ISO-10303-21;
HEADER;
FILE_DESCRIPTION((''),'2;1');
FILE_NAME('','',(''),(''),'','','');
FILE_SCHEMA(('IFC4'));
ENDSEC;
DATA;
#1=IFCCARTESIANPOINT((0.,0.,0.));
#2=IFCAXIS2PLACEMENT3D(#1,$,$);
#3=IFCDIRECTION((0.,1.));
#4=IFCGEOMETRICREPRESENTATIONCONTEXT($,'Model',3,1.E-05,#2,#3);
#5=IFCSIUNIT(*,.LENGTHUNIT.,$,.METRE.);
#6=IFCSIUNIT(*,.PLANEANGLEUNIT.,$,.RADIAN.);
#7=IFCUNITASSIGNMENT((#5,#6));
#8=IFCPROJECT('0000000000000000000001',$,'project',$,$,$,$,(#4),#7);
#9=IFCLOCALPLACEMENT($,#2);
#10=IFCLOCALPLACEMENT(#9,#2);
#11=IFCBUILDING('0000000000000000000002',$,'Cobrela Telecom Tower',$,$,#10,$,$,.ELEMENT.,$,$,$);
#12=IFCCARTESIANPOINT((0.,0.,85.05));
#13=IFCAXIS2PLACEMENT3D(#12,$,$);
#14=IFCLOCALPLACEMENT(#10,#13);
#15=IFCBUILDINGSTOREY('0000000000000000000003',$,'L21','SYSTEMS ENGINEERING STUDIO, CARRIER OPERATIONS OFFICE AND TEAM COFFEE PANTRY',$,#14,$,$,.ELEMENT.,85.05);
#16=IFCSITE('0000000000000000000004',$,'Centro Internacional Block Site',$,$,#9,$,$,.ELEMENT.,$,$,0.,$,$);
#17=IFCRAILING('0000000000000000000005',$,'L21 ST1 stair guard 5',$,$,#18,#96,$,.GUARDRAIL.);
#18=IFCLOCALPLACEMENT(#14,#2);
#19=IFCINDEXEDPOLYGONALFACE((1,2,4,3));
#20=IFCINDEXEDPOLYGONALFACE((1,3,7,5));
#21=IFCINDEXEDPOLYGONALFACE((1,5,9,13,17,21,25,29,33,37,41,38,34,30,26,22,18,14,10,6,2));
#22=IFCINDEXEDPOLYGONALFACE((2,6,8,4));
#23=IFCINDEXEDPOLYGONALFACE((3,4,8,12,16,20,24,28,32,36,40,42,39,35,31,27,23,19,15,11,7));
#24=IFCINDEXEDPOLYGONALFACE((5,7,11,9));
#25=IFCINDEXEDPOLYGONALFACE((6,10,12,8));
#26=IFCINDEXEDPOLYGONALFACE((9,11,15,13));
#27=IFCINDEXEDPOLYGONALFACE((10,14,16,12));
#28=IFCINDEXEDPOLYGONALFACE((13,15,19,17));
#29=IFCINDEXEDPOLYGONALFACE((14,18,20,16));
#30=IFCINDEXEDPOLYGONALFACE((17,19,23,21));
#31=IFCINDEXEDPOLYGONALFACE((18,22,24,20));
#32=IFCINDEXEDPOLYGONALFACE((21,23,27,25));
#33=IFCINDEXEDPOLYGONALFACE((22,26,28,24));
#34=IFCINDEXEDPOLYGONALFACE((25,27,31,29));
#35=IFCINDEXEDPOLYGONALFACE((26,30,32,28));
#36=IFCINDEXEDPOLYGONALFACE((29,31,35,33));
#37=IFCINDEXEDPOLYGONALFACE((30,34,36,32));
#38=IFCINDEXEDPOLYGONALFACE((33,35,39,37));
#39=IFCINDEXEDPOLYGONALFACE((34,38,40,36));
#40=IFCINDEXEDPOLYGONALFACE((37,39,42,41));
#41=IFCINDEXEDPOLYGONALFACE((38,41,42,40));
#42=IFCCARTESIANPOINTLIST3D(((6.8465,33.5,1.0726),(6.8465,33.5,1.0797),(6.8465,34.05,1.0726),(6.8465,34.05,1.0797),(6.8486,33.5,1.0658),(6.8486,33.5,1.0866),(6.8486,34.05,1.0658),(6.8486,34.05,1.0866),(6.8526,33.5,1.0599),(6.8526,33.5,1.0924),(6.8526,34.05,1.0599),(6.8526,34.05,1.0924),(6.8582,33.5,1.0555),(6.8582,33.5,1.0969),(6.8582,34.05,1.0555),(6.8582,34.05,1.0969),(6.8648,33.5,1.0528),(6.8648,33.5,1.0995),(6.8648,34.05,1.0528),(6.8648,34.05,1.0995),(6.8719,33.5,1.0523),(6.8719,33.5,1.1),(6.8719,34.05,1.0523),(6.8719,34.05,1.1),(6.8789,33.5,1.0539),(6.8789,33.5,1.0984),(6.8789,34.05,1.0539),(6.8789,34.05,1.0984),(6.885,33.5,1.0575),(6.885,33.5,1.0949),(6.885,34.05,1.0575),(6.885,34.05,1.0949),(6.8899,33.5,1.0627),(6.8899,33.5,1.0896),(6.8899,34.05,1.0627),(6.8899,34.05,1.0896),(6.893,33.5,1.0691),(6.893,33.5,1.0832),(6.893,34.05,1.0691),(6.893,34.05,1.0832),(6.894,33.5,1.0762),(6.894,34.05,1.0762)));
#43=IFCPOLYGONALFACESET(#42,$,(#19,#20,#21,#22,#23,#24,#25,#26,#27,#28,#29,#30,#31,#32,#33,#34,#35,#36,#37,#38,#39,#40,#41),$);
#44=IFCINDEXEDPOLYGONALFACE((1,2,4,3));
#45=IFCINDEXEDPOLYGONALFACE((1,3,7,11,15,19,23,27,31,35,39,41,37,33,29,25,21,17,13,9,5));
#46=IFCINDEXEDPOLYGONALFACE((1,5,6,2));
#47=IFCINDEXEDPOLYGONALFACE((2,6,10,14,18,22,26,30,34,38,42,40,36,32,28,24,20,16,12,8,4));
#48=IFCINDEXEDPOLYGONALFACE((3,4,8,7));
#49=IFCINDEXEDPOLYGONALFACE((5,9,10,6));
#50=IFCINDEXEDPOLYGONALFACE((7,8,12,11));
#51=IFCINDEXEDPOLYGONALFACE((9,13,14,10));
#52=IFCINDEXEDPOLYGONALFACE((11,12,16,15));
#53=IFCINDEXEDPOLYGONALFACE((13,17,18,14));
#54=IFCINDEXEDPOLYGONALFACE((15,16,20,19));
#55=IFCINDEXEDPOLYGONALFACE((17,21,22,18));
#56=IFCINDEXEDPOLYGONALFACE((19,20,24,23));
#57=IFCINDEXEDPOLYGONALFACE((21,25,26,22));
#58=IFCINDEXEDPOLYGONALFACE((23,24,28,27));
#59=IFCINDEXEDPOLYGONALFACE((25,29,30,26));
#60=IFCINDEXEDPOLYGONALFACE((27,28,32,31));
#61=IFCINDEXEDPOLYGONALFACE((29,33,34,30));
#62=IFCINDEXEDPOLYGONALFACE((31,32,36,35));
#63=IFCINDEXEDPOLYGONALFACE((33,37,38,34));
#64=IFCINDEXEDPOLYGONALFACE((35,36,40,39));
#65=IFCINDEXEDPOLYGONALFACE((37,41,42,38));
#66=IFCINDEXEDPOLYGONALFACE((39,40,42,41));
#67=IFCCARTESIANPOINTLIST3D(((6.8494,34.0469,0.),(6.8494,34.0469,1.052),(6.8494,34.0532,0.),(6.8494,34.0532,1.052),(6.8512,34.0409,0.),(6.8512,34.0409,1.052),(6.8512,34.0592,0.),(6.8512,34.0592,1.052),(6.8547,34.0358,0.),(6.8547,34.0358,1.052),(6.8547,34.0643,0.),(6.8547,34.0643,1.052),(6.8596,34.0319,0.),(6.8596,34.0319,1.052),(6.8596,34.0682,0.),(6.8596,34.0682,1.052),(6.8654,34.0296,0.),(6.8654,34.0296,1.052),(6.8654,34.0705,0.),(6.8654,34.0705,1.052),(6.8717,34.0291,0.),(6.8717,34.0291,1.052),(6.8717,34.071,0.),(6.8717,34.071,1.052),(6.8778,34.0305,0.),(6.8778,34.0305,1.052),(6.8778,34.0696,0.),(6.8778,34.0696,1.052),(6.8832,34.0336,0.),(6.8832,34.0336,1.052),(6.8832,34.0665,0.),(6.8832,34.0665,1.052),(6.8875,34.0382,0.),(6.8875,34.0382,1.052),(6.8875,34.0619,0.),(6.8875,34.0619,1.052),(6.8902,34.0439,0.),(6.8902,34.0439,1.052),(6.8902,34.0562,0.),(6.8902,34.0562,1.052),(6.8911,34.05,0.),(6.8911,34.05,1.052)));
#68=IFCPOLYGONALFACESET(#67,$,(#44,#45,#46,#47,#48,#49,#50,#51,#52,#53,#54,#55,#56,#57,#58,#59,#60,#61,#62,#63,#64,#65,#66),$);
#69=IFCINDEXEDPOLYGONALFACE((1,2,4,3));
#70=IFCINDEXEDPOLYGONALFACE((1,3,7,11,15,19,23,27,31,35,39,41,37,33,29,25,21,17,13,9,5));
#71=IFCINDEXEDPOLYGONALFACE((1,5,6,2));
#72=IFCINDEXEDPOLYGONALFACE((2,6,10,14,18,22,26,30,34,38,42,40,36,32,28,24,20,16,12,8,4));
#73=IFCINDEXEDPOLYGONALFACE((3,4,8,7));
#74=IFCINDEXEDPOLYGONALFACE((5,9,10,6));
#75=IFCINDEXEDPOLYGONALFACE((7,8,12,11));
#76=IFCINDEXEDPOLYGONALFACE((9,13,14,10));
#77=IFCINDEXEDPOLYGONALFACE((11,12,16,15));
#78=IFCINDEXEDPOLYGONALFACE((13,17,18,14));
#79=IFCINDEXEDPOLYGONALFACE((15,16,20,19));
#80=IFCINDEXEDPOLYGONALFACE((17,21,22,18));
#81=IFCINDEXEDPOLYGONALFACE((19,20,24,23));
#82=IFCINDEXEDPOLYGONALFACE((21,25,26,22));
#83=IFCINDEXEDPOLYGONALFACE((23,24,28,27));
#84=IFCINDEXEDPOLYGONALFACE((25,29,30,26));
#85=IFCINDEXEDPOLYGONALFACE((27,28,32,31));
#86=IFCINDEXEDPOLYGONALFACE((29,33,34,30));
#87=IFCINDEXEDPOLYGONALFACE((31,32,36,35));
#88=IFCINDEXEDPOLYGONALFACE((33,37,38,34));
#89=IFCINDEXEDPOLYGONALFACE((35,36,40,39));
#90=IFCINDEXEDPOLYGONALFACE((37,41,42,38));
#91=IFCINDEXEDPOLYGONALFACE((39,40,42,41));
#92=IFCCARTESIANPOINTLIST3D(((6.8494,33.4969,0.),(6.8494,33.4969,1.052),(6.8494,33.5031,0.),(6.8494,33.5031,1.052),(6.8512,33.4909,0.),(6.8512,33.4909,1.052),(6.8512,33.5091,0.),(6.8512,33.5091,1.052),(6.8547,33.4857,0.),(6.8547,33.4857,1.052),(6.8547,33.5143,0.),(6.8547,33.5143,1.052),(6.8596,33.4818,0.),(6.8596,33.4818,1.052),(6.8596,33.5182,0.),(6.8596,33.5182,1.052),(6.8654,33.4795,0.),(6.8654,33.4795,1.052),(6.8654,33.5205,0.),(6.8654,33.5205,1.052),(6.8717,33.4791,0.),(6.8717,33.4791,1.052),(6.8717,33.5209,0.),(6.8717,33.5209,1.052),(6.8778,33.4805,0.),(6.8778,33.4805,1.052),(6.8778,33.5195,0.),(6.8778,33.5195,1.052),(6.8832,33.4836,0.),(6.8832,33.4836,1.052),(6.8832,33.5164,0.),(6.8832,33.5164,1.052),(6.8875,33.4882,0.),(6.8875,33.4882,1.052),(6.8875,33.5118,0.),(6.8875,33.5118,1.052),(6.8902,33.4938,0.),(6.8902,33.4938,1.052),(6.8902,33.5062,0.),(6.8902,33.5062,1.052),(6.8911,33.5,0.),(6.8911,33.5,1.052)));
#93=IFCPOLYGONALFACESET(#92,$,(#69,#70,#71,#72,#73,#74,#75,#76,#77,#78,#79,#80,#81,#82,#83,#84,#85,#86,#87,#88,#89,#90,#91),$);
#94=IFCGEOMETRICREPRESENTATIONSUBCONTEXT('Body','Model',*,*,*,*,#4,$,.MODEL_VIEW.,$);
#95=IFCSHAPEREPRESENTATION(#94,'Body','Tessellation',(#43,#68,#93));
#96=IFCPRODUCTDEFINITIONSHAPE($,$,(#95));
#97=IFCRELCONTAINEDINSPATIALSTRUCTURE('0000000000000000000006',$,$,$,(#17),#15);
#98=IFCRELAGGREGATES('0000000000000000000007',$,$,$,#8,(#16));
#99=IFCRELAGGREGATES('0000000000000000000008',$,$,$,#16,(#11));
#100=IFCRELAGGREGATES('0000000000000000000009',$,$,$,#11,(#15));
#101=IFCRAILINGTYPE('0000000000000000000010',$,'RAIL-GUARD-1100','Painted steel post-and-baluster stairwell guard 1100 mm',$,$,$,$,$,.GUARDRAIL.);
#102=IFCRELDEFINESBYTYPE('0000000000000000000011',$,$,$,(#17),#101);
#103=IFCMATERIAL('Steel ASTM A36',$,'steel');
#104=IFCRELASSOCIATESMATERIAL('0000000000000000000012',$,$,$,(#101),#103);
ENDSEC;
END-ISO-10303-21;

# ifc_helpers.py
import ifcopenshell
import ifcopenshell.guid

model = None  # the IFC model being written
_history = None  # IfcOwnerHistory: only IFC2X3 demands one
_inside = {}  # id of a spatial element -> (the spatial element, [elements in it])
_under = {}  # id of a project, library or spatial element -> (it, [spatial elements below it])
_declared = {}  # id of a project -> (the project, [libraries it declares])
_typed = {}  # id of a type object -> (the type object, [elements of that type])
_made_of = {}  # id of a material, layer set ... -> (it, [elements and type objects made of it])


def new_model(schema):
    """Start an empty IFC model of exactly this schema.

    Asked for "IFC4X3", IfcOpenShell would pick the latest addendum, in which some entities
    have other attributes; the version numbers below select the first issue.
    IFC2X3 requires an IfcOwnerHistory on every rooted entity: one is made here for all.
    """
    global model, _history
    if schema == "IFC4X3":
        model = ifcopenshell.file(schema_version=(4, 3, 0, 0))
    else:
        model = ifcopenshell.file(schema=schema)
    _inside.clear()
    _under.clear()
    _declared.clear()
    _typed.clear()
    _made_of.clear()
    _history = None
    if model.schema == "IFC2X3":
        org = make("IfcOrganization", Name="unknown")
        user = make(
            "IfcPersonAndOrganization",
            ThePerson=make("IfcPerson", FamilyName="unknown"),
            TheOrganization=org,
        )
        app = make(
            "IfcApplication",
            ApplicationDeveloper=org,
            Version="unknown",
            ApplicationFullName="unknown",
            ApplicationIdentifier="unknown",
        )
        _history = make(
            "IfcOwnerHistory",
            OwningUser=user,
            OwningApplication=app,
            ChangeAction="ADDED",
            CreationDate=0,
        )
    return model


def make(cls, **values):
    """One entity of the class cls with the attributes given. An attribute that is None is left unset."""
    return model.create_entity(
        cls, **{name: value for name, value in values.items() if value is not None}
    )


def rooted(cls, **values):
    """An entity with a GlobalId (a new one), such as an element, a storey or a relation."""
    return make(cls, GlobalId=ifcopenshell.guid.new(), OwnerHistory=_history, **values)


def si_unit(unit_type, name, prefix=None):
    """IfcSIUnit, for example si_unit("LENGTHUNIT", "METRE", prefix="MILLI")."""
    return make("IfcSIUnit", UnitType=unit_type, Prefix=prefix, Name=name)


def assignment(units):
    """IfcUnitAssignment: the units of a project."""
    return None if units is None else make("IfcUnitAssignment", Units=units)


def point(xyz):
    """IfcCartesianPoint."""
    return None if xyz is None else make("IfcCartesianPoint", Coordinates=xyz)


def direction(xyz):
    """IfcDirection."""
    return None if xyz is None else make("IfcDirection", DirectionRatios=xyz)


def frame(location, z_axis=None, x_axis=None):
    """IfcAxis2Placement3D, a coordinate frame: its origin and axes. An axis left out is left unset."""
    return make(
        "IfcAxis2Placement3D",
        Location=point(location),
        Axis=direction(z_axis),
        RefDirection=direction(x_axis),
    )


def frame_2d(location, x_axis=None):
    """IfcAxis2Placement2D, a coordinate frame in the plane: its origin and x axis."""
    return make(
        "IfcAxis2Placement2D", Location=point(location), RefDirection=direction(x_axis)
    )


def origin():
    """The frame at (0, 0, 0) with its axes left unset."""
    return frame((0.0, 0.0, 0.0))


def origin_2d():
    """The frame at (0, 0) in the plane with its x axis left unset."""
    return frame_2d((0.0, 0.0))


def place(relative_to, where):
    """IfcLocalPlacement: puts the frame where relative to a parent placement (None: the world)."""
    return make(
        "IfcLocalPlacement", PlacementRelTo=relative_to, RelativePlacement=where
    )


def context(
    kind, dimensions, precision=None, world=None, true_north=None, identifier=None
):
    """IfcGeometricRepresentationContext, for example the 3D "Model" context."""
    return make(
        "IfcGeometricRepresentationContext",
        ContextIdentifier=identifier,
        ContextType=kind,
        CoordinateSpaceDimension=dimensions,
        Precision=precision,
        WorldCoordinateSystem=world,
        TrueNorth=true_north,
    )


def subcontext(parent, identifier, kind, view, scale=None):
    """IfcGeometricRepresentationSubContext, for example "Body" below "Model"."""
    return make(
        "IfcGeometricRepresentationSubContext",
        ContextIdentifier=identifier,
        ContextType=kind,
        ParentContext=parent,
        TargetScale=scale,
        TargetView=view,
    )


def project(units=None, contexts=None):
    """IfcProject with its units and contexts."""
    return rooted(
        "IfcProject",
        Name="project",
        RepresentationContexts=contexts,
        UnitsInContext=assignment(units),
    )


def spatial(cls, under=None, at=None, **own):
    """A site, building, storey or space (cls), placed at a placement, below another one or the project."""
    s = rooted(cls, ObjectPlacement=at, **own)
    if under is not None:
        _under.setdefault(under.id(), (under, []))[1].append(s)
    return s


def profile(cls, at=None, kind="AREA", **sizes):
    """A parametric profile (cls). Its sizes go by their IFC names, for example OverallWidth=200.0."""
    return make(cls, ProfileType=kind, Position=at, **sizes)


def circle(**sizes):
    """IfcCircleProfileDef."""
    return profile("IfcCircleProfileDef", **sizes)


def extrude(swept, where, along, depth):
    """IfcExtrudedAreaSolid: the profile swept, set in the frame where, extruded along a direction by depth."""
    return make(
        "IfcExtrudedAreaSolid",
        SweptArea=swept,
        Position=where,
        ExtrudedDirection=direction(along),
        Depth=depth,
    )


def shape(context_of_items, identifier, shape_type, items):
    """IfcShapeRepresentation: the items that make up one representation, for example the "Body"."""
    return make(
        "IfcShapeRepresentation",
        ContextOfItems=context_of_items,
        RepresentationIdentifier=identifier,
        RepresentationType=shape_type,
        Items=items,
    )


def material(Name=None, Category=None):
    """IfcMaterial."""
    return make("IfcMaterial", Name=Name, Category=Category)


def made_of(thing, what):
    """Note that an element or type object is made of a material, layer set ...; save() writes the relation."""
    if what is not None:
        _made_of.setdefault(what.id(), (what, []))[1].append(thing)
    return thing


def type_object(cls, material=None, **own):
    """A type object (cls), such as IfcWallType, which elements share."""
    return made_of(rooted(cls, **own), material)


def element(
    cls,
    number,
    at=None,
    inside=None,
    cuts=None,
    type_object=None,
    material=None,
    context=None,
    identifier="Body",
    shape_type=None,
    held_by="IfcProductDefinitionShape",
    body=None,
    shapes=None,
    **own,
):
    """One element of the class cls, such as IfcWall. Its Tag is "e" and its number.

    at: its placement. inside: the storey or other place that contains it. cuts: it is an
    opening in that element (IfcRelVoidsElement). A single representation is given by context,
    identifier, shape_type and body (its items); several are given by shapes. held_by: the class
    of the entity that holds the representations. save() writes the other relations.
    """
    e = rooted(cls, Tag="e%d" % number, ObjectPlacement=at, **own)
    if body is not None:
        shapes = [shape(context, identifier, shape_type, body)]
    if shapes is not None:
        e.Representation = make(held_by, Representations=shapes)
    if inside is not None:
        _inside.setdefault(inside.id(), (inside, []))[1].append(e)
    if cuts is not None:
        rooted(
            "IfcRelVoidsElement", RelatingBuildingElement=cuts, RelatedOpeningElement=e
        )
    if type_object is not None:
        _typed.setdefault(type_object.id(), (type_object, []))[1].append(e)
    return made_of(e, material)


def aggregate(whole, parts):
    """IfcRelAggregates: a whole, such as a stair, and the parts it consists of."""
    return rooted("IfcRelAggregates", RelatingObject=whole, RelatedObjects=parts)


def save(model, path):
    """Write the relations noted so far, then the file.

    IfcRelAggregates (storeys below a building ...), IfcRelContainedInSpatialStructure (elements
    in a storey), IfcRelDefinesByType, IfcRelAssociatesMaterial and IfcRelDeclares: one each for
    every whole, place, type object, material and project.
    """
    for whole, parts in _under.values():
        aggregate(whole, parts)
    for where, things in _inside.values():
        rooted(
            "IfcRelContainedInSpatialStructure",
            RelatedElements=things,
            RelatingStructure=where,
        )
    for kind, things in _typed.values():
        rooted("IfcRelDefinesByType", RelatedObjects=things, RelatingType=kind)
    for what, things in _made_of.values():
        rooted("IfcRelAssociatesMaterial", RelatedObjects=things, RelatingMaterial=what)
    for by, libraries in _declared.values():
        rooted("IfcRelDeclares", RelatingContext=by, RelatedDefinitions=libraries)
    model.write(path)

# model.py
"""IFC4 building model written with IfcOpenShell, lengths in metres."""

from ifc_helpers import new_model, si_unit, direction, frame, origin, origin_2d, place, context, subcontext, project, spatial, circle, extrude, material, type_object, element, save


model = new_model("IFC4")

# Units and contexts
model_context = context("Model", 3, precision=1e-05, world=origin(), true_north=direction((0.0, 1.0)))
body_context = subcontext(model_context, "Body", "Model", "MODEL_VIEW")
ifc_project = project(units=[si_unit("LENGTHUNIT", "METRE"), si_unit("PLANEANGLEUNIT", "RADIAN")], contexts=[model_context])

# Site, building, storey
site_placement = place(None, origin())
site = spatial("IfcSite", under=ifc_project, at=site_placement, Name="Centro Internacional Block Site", CompositionType="ELEMENT", RefElevation=0.0)
building_placement = place(site_placement, origin())
building = spatial("IfcBuilding", under=site, at=building_placement, Name="Cobrela Telecom Tower", CompositionType="ELEMENT")
storey_placement = place(building_placement, frame((0.0, 0.0, 85.05)))
storey = spatial("IfcBuildingStorey", under=building, at=storey_placement, Name="L21", Description="SYSTEMS ENGINEERING STUDIO, CARRIER OPERATIONS OFFICE AND TEAM COFFEE PANTRY", CompositionType="ELEMENT", Elevation=85.05)

# Shared definitions
ifc_material_1 = material(Name="Steel ASTM A36", Category="steel")

# Railing
railing_type_1 = type_object("IfcRailingType", Name="RAIL-GUARD-1100", Description="Painted steel post-and-baluster stairwell guard 1100 mm", PredefinedType="GUARDRAIL", material=ifc_material_1)
railing_1_placement = place(storey_placement, frame((6.8701, 34.05, 0.0)))
element("IfcRailing", 1, at=railing_1_placement, inside=storey, type_object=railing_type_1, Name="L21 ST1 stair guard 5", PredefinedType="GUARDRAIL", context=body_context, shape_type="SweptSolid", body=[
    extrude(circle(Radius=0.0239, at=origin_2d()), frame((0.0, 0.0, 1.0762), z_axis=(0.0, -1.0, 0.0), x_axis=(1.0, 0.0, 0.0)), (0.0, 0.0, 1.0), 0.55),
    extrude(circle(Radius=0.021, at=origin_2d()), origin(), (0.0, 0.0, 1.0), 1.052),
    extrude(circle(Radius=0.021, at=origin_2d()), frame((0.0, -0.55, 0.0)), (0.0, 0.0, 1.0), 1.052),
])

save(model, "model.ifc")
